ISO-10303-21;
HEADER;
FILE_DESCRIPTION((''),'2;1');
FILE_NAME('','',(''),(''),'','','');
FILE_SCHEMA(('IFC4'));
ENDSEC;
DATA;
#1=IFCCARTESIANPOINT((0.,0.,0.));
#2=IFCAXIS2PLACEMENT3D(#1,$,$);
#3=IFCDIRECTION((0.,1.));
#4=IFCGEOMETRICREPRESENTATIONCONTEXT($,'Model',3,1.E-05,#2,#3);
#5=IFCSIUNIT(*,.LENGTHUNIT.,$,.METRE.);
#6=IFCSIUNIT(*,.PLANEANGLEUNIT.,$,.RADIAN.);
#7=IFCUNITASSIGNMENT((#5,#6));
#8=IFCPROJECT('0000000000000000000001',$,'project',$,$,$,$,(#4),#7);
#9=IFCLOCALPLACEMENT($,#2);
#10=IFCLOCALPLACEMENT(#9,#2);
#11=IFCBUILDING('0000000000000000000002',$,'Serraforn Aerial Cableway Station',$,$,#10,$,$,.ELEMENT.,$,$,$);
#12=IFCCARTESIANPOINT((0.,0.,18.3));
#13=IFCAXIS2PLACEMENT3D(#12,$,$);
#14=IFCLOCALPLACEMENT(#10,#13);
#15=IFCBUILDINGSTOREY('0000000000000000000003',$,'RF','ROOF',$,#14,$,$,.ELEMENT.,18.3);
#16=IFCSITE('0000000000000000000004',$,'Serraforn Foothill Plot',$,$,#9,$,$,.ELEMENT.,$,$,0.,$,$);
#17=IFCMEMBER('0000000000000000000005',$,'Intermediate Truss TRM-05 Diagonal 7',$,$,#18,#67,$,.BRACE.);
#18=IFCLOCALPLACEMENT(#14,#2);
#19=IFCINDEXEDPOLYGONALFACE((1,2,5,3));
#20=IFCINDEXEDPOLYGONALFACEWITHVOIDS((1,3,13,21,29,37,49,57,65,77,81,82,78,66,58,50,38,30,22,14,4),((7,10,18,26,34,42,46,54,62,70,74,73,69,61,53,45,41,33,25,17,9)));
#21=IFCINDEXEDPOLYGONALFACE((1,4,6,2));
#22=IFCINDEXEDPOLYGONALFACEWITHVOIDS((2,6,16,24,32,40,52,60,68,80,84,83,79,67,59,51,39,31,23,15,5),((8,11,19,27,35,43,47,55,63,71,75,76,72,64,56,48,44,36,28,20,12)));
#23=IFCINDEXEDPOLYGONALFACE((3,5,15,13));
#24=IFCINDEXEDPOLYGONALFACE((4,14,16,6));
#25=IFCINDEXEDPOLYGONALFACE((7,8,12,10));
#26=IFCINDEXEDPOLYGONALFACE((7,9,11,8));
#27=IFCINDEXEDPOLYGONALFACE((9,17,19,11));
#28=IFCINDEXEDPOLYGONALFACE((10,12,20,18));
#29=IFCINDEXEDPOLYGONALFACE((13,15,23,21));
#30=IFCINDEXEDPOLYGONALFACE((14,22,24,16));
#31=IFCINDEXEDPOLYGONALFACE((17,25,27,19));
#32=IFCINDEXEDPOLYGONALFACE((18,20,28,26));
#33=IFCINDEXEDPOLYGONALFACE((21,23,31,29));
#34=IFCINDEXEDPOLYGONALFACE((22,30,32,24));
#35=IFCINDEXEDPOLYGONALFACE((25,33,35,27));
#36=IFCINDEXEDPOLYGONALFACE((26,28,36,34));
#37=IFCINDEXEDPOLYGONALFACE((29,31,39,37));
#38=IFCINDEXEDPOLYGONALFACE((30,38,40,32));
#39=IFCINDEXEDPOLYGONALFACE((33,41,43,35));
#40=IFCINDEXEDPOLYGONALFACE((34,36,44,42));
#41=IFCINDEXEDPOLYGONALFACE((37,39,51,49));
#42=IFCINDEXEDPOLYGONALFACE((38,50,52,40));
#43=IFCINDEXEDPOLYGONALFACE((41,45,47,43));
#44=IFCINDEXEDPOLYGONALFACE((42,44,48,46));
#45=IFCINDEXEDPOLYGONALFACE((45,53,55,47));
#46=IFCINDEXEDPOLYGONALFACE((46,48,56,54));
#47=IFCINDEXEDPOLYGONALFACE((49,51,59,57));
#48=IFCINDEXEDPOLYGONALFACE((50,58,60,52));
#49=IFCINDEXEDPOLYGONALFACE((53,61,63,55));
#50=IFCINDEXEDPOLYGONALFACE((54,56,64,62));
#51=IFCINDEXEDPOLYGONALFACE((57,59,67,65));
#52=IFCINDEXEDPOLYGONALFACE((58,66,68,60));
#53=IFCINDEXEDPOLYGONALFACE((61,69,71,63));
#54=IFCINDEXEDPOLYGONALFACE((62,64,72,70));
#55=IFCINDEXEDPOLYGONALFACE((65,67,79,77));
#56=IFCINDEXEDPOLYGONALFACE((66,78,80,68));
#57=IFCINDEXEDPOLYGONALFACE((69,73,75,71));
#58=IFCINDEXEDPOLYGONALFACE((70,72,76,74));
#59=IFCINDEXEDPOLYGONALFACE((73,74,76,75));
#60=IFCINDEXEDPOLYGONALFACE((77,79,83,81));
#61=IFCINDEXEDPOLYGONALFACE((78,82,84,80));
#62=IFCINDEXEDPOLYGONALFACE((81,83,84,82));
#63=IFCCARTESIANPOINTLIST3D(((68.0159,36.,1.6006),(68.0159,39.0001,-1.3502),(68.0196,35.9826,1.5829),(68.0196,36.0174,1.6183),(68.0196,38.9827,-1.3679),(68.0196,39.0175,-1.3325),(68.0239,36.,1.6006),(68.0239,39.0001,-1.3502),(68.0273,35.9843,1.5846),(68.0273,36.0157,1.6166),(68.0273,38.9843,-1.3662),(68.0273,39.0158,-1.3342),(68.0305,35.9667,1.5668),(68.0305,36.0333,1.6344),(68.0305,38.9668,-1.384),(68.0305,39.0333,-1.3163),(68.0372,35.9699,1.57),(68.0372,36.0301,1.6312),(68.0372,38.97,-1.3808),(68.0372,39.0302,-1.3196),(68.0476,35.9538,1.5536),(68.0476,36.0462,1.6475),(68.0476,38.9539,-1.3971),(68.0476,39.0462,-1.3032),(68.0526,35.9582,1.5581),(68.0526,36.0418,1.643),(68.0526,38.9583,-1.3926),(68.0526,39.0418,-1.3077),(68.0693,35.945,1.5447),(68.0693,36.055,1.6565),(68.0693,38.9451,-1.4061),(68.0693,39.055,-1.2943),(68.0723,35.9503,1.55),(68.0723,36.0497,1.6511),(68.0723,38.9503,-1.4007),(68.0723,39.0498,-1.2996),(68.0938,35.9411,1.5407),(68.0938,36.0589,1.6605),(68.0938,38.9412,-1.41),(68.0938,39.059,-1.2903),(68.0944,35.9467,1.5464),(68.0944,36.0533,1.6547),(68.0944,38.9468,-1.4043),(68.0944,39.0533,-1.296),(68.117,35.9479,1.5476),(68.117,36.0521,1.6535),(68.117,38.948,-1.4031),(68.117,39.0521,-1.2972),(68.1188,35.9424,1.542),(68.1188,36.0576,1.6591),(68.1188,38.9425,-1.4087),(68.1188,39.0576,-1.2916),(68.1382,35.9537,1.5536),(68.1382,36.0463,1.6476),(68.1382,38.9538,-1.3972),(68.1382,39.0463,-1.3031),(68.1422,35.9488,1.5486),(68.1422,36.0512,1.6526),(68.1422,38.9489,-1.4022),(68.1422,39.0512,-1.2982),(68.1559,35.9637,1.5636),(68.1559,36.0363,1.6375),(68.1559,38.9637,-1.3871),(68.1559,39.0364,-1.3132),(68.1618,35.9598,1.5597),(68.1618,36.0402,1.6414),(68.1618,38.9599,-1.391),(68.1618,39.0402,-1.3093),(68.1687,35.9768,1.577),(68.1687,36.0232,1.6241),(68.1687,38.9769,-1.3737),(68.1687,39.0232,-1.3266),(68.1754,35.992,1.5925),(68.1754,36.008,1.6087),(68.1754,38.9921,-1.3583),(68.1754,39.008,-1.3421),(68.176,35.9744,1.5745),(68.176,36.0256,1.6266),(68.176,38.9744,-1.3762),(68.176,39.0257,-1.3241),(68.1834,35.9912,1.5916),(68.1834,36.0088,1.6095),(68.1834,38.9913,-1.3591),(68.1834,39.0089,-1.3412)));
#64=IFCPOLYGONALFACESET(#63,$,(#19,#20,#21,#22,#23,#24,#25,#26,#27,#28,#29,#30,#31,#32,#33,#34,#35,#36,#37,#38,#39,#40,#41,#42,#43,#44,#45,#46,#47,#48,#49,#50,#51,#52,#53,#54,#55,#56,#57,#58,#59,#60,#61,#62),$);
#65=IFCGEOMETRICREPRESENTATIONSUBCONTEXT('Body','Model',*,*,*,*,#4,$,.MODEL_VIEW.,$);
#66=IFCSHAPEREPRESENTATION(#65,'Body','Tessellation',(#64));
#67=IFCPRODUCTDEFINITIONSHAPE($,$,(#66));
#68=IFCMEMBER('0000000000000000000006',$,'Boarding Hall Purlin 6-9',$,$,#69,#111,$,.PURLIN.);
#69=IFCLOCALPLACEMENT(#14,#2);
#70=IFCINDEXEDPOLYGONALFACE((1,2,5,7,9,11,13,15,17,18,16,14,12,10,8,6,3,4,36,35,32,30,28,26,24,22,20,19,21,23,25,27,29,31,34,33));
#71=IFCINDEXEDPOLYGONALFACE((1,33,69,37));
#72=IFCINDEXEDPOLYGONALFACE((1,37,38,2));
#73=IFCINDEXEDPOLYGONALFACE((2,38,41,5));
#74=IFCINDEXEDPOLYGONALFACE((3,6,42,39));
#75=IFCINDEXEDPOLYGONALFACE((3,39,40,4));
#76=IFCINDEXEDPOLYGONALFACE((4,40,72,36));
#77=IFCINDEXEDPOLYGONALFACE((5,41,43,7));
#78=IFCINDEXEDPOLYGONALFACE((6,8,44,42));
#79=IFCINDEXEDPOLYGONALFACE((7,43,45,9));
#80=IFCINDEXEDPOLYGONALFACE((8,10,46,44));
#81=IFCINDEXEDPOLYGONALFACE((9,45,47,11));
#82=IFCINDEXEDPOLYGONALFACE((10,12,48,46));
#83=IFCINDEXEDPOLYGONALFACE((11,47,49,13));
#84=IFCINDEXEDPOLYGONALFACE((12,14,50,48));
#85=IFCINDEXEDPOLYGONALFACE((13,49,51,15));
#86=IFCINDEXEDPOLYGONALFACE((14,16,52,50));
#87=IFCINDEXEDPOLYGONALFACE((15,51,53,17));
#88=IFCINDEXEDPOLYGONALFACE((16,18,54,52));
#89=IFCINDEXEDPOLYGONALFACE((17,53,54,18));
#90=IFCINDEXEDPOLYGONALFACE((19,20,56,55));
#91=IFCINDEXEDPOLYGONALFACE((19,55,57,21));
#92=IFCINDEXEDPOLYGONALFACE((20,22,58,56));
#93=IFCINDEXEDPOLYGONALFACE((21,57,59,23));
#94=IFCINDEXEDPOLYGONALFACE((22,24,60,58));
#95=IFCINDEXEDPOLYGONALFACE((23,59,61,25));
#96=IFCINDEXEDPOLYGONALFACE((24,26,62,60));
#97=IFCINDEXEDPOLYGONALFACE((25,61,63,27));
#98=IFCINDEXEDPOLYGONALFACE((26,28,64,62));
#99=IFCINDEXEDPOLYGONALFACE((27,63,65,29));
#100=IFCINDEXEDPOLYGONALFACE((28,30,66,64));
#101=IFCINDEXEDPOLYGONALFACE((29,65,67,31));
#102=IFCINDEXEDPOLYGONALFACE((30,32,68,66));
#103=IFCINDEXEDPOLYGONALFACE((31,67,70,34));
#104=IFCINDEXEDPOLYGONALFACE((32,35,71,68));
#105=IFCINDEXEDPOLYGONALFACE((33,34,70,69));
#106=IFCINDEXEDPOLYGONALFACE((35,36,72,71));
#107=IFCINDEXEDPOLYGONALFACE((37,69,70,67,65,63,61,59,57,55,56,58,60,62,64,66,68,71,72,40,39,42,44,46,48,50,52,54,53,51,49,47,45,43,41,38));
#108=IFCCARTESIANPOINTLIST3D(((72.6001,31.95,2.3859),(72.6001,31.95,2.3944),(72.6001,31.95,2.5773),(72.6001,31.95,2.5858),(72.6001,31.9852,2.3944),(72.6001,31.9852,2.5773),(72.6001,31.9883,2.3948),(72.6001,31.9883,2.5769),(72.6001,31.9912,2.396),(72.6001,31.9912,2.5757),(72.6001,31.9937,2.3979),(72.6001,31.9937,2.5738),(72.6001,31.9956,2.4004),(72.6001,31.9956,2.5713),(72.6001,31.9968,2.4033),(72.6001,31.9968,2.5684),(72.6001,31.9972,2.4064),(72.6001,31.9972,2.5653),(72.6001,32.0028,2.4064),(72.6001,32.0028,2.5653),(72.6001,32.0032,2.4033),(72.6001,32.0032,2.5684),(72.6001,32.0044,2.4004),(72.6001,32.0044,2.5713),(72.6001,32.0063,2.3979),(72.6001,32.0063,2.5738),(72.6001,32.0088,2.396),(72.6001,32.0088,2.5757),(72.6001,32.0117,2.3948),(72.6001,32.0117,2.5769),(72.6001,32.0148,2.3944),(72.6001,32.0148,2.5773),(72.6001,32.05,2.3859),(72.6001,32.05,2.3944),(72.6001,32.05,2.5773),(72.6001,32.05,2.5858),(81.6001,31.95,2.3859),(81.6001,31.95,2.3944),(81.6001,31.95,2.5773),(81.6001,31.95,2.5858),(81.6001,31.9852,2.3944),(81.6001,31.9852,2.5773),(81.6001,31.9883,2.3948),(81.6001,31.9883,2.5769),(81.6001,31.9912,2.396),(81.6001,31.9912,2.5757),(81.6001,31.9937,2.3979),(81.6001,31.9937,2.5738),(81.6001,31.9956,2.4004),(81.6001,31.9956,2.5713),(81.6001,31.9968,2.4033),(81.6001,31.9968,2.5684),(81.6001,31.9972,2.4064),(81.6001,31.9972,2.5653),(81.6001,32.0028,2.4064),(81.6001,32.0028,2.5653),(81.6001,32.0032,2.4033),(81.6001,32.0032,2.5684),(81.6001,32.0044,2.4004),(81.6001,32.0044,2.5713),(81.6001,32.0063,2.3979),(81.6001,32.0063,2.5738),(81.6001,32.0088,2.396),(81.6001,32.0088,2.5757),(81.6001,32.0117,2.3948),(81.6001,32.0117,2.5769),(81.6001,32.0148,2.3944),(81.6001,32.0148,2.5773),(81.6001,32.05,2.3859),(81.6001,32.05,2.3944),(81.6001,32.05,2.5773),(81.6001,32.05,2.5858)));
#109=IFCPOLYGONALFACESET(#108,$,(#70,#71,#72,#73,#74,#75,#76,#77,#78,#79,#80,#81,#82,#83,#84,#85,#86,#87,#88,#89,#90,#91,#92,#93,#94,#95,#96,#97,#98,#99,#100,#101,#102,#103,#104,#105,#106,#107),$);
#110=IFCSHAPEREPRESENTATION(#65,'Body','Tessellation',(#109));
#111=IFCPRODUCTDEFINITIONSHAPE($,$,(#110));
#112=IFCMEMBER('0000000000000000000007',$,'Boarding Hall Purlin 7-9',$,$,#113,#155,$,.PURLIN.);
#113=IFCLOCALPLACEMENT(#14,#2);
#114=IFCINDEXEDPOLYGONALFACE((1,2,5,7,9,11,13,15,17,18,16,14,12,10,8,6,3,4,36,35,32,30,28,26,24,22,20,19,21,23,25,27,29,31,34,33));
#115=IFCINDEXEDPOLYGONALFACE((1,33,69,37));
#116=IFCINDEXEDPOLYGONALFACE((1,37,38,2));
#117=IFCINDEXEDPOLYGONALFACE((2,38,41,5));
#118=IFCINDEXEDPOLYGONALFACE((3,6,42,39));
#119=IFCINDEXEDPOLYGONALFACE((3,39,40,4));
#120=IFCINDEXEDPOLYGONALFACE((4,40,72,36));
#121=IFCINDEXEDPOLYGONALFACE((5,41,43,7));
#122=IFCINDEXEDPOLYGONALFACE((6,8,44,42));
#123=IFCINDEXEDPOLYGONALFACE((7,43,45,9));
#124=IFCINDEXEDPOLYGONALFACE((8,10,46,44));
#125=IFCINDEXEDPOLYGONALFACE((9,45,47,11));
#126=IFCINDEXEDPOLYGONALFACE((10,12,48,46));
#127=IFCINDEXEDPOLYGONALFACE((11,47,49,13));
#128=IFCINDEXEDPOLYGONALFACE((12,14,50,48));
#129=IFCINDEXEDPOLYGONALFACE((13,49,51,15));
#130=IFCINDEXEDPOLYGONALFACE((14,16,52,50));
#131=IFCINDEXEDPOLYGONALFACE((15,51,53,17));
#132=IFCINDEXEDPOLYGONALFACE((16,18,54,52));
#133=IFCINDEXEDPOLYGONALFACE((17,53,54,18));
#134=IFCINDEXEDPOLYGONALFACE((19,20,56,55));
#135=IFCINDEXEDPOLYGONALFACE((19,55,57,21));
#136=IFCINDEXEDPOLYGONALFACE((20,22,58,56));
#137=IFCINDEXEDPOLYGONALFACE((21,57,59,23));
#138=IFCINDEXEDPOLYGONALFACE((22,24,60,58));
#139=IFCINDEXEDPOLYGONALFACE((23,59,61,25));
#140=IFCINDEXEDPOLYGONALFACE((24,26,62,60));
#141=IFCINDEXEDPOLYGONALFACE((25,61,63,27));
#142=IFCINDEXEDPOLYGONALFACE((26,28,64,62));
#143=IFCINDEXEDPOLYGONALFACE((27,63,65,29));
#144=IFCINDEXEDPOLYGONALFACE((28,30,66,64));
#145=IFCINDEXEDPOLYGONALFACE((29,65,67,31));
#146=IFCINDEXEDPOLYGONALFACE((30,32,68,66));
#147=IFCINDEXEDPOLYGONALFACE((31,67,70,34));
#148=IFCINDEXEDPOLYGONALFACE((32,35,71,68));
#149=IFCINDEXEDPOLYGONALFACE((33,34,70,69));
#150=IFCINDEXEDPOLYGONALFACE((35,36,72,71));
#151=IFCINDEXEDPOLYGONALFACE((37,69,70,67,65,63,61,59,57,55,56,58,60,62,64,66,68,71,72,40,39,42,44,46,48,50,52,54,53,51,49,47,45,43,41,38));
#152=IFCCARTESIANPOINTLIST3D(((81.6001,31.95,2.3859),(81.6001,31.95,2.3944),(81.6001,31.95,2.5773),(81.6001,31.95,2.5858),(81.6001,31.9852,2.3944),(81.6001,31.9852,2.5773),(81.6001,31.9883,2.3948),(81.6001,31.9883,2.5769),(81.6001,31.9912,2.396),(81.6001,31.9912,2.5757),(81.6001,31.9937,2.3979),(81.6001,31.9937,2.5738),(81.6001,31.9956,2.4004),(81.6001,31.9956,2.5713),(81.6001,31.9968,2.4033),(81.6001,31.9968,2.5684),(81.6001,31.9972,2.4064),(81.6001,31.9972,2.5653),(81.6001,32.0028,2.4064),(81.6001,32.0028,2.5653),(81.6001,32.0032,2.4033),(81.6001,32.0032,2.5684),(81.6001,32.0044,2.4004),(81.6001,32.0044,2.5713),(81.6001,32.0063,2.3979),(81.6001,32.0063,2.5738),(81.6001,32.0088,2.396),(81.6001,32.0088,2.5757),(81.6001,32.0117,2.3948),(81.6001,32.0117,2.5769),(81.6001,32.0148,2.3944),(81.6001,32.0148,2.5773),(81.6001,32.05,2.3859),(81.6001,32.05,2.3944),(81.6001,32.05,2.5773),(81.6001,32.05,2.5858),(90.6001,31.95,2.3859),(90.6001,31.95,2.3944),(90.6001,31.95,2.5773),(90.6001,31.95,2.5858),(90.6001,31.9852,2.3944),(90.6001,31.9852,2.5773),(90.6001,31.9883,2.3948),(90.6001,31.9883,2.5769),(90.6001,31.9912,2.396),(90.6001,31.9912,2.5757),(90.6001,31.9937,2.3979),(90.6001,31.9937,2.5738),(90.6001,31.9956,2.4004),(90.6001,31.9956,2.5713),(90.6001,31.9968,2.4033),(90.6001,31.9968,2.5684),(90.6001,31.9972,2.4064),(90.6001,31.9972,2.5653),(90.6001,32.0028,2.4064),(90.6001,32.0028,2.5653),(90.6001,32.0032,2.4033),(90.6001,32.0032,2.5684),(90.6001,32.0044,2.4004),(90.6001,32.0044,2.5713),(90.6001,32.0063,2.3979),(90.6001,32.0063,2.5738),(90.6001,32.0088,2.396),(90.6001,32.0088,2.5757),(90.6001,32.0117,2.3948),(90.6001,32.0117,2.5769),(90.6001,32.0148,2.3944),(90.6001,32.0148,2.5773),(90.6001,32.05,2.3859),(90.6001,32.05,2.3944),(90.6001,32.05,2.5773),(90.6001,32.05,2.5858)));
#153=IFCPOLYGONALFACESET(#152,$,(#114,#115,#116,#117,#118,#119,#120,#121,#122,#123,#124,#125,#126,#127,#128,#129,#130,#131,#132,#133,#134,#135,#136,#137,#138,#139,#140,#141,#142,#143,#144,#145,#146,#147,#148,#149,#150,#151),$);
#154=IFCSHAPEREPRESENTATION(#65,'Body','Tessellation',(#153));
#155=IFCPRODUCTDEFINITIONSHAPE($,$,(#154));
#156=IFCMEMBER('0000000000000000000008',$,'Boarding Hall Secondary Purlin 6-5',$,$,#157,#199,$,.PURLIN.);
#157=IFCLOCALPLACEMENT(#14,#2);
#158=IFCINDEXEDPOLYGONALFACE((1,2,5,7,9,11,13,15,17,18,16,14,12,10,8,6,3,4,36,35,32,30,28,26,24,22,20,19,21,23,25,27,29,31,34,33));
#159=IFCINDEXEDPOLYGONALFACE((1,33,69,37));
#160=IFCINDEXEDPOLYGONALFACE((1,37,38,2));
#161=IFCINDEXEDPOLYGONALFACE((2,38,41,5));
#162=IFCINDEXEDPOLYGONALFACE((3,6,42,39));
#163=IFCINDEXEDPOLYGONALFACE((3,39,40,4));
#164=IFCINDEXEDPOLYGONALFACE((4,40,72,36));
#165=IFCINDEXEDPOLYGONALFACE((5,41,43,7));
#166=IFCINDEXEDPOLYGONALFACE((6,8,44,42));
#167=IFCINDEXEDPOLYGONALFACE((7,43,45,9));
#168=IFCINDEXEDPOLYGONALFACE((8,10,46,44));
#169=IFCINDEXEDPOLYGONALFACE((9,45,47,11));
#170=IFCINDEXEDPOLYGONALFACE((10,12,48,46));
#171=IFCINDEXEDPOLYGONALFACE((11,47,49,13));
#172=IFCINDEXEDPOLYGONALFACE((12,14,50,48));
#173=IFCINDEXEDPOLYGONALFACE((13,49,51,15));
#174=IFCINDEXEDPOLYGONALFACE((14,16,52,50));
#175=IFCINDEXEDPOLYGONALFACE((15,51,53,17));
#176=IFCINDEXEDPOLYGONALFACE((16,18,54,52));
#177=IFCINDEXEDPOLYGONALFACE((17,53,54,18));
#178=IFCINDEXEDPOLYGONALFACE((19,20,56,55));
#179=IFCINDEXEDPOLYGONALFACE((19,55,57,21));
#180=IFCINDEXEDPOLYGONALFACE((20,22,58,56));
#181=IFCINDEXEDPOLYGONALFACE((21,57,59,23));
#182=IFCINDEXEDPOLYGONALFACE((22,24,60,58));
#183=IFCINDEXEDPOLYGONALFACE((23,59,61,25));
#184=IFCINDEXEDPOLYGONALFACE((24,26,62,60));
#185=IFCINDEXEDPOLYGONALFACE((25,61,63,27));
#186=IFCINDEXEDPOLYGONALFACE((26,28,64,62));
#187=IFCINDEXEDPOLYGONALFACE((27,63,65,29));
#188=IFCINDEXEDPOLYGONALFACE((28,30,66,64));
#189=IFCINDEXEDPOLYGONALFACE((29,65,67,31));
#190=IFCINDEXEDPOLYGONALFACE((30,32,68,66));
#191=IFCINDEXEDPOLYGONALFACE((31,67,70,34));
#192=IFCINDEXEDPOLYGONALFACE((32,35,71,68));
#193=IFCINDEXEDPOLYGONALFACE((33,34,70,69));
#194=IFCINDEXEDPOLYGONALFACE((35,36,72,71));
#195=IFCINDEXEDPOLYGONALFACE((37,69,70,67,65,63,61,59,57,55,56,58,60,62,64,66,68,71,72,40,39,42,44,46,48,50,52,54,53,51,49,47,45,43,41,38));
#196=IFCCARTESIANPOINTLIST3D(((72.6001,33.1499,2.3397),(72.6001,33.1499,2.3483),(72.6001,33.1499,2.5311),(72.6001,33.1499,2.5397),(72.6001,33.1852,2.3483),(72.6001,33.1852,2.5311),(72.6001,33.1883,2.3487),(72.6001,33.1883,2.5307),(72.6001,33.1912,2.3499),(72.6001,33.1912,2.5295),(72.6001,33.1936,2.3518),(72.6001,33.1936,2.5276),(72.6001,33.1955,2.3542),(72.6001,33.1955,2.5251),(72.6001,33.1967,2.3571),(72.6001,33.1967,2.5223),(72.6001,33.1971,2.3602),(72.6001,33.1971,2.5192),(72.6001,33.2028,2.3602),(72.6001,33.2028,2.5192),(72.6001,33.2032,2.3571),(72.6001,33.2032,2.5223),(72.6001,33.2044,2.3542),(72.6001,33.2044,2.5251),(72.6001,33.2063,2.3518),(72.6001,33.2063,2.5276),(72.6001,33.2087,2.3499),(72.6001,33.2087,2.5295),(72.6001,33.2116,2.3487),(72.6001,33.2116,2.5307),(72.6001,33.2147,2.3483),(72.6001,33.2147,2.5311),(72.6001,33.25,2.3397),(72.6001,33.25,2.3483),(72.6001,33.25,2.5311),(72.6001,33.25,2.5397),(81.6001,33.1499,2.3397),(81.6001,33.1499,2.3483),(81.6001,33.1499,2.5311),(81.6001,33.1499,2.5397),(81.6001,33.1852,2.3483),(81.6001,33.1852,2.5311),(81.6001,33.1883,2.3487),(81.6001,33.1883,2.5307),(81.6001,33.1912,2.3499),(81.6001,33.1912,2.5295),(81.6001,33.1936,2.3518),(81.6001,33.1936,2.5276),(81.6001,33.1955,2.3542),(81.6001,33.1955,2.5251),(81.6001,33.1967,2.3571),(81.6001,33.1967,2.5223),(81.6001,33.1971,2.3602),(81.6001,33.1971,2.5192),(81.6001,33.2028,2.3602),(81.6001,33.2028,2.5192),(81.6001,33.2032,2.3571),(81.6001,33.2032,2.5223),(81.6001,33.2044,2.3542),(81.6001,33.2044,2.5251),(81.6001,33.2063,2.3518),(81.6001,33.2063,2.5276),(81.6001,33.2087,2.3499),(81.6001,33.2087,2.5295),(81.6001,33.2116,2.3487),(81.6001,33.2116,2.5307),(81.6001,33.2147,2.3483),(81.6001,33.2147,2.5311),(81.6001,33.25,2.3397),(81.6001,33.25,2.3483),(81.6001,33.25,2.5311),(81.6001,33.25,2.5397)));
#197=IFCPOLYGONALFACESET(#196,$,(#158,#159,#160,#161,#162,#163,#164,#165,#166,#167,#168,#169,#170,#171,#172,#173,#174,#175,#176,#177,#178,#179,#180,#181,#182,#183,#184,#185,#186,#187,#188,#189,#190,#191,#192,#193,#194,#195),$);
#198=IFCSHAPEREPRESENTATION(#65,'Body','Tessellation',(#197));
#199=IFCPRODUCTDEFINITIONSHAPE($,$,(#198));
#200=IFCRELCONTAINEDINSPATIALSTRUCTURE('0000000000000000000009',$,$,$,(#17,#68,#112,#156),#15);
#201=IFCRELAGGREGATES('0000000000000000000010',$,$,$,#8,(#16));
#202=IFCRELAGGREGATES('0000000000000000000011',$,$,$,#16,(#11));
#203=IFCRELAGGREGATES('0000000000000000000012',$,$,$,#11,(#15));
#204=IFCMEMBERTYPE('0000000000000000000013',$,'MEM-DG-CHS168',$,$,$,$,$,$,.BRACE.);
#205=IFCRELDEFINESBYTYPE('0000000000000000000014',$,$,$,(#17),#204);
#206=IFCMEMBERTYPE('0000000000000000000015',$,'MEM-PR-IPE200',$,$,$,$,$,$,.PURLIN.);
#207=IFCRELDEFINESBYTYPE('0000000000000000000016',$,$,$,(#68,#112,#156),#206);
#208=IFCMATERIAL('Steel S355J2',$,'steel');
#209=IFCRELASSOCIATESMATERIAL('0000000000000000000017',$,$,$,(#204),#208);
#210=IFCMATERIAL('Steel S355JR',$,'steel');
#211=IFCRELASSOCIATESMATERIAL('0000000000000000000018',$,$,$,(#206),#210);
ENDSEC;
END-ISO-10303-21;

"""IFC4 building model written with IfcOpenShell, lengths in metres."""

from ifc_helpers import new_model, si_unit, direction, frame, origin, origin_2d, place, context, subcontext, project, spatial, hollow_circle, i_section, extrude, material, material_profile, profile_set, type_object, element, save


model = new_model("IFC4")

# Units and contexts
model_context = context("Model", 3, precision=1e-05, world=origin(), true_north=direction((0.0, 1.0)))
body_context = subcontext(model_context, "Body", "Model", "MODEL_VIEW")
ifc_project = project(units=[si_unit("LENGTHUNIT", "METRE"), si_unit("PLANEANGLEUNIT", "RADIAN")], contexts=[model_context])

# Site, building, storey
site_placement = place(None, origin())
site = spatial("IfcSite", under=ifc_project, at=site_placement, Name="Serraforn Foothill Plot", CompositionType="ELEMENT", RefElevation=0.0)
building_placement = place(site_placement, origin())
building = spatial("IfcBuilding", under=site, at=building_placement, Name="Serraforn Aerial Cableway Station", CompositionType="ELEMENT")
storey_placement = place(building_placement, frame((0.0, 0.0, 18.3)))
storey = spatial("IfcBuildingStorey", under=building, at=storey_placement, Name="RF", Description="ROOF", CompositionType="ELEMENT", Elevation=18.3)

# Members
ifc_material_1 = material(Name="Steel S355J2", Category="steel")
ifc_material_profile_1 = material_profile(ifc_material_1, hollow_circle(Radius=0.0842, WallThickness=0.0081, at=origin_2d()), Name="CHS 168.3x8.0")
ifc_profile_set_1 = profile_set([ifc_material_profile_1], Name="Steel S355J2")
member_type_1 = type_object("IfcMemberType", Name="MEM-DG-CHS168", PredefinedType="BRACE", material=ifc_profile_set_1)
member_1_placement = place(storey_placement, frame((68.1001, 36.0, 1.6006), z_axis=(0.0, 0.712942, -0.701223), x_axis=(-1.0, 0.0, 0.0)))
element("IfcMember", 1, at=member_1_placement, inside=storey, type_object=member_type_1, Name="Intermediate Truss TRM-05 Diagonal 7", PredefinedType="BRACE", context=body_context, shape_type="SweptSolid", body=[
    extrude(hollow_circle(Radius=0.0842, WallThickness=0.0081, at=origin_2d()), origin(), (0.0, 0.0, 1.0), 4.208),
])
ifc_material_2 = material(Name="Steel S355JR", Category="steel")
ifc_material_profile_2 = material_profile(ifc_material_2, i_section(OverallWidth=0.1001, OverallDepth=0.2, WebThickness=0.0056, FlangeThickness=0.0085, FilletRadius=0.012, at=origin_2d()), Name="IPE 200")
ifc_profile_set_2 = profile_set([ifc_material_profile_2], Name="Steel S355JR")
member_type_2 = type_object("IfcMemberType", Name="MEM-PR-IPE200", PredefinedType="PURLIN", material=ifc_profile_set_2)
for number, where, z_axis, x_axis, name in (
    (2, (72.6001, 32.0, 2.4858), (1.0, 0.0, 0.0), (0.0, 1.0, 0.0), "Boarding Hall Purlin 6-9"),
    (3, (81.6001, 32.0, 2.4858), (1.0, 0.0, 0.0), (0.0, 1.0, 0.0), "Boarding Hall Purlin 7-9"),
    (4, (72.6001, 33.2, 2.4397), (1.0, 0.0, 0.0), (0.0, 1.0, 0.0), "Boarding Hall Secondary Purlin 6-5"),
):
    element("IfcMember", number, at=place(storey_placement, frame(where, z_axis=z_axis, x_axis=x_axis)), inside=storey, type_object=member_type_2, Name=name, PredefinedType="PURLIN", context=body_context, shape_type="SweptSolid", body=[
        extrude(i_section(OverallWidth=0.1001, OverallDepth=0.2, WebThickness=0.0056, FlangeThickness=0.0085, FilletRadius=0.012, at=origin_2d()), origin(), (0.0, 0.0, 1.0), 9.0),
    ])

save(model, "model.ifc")
